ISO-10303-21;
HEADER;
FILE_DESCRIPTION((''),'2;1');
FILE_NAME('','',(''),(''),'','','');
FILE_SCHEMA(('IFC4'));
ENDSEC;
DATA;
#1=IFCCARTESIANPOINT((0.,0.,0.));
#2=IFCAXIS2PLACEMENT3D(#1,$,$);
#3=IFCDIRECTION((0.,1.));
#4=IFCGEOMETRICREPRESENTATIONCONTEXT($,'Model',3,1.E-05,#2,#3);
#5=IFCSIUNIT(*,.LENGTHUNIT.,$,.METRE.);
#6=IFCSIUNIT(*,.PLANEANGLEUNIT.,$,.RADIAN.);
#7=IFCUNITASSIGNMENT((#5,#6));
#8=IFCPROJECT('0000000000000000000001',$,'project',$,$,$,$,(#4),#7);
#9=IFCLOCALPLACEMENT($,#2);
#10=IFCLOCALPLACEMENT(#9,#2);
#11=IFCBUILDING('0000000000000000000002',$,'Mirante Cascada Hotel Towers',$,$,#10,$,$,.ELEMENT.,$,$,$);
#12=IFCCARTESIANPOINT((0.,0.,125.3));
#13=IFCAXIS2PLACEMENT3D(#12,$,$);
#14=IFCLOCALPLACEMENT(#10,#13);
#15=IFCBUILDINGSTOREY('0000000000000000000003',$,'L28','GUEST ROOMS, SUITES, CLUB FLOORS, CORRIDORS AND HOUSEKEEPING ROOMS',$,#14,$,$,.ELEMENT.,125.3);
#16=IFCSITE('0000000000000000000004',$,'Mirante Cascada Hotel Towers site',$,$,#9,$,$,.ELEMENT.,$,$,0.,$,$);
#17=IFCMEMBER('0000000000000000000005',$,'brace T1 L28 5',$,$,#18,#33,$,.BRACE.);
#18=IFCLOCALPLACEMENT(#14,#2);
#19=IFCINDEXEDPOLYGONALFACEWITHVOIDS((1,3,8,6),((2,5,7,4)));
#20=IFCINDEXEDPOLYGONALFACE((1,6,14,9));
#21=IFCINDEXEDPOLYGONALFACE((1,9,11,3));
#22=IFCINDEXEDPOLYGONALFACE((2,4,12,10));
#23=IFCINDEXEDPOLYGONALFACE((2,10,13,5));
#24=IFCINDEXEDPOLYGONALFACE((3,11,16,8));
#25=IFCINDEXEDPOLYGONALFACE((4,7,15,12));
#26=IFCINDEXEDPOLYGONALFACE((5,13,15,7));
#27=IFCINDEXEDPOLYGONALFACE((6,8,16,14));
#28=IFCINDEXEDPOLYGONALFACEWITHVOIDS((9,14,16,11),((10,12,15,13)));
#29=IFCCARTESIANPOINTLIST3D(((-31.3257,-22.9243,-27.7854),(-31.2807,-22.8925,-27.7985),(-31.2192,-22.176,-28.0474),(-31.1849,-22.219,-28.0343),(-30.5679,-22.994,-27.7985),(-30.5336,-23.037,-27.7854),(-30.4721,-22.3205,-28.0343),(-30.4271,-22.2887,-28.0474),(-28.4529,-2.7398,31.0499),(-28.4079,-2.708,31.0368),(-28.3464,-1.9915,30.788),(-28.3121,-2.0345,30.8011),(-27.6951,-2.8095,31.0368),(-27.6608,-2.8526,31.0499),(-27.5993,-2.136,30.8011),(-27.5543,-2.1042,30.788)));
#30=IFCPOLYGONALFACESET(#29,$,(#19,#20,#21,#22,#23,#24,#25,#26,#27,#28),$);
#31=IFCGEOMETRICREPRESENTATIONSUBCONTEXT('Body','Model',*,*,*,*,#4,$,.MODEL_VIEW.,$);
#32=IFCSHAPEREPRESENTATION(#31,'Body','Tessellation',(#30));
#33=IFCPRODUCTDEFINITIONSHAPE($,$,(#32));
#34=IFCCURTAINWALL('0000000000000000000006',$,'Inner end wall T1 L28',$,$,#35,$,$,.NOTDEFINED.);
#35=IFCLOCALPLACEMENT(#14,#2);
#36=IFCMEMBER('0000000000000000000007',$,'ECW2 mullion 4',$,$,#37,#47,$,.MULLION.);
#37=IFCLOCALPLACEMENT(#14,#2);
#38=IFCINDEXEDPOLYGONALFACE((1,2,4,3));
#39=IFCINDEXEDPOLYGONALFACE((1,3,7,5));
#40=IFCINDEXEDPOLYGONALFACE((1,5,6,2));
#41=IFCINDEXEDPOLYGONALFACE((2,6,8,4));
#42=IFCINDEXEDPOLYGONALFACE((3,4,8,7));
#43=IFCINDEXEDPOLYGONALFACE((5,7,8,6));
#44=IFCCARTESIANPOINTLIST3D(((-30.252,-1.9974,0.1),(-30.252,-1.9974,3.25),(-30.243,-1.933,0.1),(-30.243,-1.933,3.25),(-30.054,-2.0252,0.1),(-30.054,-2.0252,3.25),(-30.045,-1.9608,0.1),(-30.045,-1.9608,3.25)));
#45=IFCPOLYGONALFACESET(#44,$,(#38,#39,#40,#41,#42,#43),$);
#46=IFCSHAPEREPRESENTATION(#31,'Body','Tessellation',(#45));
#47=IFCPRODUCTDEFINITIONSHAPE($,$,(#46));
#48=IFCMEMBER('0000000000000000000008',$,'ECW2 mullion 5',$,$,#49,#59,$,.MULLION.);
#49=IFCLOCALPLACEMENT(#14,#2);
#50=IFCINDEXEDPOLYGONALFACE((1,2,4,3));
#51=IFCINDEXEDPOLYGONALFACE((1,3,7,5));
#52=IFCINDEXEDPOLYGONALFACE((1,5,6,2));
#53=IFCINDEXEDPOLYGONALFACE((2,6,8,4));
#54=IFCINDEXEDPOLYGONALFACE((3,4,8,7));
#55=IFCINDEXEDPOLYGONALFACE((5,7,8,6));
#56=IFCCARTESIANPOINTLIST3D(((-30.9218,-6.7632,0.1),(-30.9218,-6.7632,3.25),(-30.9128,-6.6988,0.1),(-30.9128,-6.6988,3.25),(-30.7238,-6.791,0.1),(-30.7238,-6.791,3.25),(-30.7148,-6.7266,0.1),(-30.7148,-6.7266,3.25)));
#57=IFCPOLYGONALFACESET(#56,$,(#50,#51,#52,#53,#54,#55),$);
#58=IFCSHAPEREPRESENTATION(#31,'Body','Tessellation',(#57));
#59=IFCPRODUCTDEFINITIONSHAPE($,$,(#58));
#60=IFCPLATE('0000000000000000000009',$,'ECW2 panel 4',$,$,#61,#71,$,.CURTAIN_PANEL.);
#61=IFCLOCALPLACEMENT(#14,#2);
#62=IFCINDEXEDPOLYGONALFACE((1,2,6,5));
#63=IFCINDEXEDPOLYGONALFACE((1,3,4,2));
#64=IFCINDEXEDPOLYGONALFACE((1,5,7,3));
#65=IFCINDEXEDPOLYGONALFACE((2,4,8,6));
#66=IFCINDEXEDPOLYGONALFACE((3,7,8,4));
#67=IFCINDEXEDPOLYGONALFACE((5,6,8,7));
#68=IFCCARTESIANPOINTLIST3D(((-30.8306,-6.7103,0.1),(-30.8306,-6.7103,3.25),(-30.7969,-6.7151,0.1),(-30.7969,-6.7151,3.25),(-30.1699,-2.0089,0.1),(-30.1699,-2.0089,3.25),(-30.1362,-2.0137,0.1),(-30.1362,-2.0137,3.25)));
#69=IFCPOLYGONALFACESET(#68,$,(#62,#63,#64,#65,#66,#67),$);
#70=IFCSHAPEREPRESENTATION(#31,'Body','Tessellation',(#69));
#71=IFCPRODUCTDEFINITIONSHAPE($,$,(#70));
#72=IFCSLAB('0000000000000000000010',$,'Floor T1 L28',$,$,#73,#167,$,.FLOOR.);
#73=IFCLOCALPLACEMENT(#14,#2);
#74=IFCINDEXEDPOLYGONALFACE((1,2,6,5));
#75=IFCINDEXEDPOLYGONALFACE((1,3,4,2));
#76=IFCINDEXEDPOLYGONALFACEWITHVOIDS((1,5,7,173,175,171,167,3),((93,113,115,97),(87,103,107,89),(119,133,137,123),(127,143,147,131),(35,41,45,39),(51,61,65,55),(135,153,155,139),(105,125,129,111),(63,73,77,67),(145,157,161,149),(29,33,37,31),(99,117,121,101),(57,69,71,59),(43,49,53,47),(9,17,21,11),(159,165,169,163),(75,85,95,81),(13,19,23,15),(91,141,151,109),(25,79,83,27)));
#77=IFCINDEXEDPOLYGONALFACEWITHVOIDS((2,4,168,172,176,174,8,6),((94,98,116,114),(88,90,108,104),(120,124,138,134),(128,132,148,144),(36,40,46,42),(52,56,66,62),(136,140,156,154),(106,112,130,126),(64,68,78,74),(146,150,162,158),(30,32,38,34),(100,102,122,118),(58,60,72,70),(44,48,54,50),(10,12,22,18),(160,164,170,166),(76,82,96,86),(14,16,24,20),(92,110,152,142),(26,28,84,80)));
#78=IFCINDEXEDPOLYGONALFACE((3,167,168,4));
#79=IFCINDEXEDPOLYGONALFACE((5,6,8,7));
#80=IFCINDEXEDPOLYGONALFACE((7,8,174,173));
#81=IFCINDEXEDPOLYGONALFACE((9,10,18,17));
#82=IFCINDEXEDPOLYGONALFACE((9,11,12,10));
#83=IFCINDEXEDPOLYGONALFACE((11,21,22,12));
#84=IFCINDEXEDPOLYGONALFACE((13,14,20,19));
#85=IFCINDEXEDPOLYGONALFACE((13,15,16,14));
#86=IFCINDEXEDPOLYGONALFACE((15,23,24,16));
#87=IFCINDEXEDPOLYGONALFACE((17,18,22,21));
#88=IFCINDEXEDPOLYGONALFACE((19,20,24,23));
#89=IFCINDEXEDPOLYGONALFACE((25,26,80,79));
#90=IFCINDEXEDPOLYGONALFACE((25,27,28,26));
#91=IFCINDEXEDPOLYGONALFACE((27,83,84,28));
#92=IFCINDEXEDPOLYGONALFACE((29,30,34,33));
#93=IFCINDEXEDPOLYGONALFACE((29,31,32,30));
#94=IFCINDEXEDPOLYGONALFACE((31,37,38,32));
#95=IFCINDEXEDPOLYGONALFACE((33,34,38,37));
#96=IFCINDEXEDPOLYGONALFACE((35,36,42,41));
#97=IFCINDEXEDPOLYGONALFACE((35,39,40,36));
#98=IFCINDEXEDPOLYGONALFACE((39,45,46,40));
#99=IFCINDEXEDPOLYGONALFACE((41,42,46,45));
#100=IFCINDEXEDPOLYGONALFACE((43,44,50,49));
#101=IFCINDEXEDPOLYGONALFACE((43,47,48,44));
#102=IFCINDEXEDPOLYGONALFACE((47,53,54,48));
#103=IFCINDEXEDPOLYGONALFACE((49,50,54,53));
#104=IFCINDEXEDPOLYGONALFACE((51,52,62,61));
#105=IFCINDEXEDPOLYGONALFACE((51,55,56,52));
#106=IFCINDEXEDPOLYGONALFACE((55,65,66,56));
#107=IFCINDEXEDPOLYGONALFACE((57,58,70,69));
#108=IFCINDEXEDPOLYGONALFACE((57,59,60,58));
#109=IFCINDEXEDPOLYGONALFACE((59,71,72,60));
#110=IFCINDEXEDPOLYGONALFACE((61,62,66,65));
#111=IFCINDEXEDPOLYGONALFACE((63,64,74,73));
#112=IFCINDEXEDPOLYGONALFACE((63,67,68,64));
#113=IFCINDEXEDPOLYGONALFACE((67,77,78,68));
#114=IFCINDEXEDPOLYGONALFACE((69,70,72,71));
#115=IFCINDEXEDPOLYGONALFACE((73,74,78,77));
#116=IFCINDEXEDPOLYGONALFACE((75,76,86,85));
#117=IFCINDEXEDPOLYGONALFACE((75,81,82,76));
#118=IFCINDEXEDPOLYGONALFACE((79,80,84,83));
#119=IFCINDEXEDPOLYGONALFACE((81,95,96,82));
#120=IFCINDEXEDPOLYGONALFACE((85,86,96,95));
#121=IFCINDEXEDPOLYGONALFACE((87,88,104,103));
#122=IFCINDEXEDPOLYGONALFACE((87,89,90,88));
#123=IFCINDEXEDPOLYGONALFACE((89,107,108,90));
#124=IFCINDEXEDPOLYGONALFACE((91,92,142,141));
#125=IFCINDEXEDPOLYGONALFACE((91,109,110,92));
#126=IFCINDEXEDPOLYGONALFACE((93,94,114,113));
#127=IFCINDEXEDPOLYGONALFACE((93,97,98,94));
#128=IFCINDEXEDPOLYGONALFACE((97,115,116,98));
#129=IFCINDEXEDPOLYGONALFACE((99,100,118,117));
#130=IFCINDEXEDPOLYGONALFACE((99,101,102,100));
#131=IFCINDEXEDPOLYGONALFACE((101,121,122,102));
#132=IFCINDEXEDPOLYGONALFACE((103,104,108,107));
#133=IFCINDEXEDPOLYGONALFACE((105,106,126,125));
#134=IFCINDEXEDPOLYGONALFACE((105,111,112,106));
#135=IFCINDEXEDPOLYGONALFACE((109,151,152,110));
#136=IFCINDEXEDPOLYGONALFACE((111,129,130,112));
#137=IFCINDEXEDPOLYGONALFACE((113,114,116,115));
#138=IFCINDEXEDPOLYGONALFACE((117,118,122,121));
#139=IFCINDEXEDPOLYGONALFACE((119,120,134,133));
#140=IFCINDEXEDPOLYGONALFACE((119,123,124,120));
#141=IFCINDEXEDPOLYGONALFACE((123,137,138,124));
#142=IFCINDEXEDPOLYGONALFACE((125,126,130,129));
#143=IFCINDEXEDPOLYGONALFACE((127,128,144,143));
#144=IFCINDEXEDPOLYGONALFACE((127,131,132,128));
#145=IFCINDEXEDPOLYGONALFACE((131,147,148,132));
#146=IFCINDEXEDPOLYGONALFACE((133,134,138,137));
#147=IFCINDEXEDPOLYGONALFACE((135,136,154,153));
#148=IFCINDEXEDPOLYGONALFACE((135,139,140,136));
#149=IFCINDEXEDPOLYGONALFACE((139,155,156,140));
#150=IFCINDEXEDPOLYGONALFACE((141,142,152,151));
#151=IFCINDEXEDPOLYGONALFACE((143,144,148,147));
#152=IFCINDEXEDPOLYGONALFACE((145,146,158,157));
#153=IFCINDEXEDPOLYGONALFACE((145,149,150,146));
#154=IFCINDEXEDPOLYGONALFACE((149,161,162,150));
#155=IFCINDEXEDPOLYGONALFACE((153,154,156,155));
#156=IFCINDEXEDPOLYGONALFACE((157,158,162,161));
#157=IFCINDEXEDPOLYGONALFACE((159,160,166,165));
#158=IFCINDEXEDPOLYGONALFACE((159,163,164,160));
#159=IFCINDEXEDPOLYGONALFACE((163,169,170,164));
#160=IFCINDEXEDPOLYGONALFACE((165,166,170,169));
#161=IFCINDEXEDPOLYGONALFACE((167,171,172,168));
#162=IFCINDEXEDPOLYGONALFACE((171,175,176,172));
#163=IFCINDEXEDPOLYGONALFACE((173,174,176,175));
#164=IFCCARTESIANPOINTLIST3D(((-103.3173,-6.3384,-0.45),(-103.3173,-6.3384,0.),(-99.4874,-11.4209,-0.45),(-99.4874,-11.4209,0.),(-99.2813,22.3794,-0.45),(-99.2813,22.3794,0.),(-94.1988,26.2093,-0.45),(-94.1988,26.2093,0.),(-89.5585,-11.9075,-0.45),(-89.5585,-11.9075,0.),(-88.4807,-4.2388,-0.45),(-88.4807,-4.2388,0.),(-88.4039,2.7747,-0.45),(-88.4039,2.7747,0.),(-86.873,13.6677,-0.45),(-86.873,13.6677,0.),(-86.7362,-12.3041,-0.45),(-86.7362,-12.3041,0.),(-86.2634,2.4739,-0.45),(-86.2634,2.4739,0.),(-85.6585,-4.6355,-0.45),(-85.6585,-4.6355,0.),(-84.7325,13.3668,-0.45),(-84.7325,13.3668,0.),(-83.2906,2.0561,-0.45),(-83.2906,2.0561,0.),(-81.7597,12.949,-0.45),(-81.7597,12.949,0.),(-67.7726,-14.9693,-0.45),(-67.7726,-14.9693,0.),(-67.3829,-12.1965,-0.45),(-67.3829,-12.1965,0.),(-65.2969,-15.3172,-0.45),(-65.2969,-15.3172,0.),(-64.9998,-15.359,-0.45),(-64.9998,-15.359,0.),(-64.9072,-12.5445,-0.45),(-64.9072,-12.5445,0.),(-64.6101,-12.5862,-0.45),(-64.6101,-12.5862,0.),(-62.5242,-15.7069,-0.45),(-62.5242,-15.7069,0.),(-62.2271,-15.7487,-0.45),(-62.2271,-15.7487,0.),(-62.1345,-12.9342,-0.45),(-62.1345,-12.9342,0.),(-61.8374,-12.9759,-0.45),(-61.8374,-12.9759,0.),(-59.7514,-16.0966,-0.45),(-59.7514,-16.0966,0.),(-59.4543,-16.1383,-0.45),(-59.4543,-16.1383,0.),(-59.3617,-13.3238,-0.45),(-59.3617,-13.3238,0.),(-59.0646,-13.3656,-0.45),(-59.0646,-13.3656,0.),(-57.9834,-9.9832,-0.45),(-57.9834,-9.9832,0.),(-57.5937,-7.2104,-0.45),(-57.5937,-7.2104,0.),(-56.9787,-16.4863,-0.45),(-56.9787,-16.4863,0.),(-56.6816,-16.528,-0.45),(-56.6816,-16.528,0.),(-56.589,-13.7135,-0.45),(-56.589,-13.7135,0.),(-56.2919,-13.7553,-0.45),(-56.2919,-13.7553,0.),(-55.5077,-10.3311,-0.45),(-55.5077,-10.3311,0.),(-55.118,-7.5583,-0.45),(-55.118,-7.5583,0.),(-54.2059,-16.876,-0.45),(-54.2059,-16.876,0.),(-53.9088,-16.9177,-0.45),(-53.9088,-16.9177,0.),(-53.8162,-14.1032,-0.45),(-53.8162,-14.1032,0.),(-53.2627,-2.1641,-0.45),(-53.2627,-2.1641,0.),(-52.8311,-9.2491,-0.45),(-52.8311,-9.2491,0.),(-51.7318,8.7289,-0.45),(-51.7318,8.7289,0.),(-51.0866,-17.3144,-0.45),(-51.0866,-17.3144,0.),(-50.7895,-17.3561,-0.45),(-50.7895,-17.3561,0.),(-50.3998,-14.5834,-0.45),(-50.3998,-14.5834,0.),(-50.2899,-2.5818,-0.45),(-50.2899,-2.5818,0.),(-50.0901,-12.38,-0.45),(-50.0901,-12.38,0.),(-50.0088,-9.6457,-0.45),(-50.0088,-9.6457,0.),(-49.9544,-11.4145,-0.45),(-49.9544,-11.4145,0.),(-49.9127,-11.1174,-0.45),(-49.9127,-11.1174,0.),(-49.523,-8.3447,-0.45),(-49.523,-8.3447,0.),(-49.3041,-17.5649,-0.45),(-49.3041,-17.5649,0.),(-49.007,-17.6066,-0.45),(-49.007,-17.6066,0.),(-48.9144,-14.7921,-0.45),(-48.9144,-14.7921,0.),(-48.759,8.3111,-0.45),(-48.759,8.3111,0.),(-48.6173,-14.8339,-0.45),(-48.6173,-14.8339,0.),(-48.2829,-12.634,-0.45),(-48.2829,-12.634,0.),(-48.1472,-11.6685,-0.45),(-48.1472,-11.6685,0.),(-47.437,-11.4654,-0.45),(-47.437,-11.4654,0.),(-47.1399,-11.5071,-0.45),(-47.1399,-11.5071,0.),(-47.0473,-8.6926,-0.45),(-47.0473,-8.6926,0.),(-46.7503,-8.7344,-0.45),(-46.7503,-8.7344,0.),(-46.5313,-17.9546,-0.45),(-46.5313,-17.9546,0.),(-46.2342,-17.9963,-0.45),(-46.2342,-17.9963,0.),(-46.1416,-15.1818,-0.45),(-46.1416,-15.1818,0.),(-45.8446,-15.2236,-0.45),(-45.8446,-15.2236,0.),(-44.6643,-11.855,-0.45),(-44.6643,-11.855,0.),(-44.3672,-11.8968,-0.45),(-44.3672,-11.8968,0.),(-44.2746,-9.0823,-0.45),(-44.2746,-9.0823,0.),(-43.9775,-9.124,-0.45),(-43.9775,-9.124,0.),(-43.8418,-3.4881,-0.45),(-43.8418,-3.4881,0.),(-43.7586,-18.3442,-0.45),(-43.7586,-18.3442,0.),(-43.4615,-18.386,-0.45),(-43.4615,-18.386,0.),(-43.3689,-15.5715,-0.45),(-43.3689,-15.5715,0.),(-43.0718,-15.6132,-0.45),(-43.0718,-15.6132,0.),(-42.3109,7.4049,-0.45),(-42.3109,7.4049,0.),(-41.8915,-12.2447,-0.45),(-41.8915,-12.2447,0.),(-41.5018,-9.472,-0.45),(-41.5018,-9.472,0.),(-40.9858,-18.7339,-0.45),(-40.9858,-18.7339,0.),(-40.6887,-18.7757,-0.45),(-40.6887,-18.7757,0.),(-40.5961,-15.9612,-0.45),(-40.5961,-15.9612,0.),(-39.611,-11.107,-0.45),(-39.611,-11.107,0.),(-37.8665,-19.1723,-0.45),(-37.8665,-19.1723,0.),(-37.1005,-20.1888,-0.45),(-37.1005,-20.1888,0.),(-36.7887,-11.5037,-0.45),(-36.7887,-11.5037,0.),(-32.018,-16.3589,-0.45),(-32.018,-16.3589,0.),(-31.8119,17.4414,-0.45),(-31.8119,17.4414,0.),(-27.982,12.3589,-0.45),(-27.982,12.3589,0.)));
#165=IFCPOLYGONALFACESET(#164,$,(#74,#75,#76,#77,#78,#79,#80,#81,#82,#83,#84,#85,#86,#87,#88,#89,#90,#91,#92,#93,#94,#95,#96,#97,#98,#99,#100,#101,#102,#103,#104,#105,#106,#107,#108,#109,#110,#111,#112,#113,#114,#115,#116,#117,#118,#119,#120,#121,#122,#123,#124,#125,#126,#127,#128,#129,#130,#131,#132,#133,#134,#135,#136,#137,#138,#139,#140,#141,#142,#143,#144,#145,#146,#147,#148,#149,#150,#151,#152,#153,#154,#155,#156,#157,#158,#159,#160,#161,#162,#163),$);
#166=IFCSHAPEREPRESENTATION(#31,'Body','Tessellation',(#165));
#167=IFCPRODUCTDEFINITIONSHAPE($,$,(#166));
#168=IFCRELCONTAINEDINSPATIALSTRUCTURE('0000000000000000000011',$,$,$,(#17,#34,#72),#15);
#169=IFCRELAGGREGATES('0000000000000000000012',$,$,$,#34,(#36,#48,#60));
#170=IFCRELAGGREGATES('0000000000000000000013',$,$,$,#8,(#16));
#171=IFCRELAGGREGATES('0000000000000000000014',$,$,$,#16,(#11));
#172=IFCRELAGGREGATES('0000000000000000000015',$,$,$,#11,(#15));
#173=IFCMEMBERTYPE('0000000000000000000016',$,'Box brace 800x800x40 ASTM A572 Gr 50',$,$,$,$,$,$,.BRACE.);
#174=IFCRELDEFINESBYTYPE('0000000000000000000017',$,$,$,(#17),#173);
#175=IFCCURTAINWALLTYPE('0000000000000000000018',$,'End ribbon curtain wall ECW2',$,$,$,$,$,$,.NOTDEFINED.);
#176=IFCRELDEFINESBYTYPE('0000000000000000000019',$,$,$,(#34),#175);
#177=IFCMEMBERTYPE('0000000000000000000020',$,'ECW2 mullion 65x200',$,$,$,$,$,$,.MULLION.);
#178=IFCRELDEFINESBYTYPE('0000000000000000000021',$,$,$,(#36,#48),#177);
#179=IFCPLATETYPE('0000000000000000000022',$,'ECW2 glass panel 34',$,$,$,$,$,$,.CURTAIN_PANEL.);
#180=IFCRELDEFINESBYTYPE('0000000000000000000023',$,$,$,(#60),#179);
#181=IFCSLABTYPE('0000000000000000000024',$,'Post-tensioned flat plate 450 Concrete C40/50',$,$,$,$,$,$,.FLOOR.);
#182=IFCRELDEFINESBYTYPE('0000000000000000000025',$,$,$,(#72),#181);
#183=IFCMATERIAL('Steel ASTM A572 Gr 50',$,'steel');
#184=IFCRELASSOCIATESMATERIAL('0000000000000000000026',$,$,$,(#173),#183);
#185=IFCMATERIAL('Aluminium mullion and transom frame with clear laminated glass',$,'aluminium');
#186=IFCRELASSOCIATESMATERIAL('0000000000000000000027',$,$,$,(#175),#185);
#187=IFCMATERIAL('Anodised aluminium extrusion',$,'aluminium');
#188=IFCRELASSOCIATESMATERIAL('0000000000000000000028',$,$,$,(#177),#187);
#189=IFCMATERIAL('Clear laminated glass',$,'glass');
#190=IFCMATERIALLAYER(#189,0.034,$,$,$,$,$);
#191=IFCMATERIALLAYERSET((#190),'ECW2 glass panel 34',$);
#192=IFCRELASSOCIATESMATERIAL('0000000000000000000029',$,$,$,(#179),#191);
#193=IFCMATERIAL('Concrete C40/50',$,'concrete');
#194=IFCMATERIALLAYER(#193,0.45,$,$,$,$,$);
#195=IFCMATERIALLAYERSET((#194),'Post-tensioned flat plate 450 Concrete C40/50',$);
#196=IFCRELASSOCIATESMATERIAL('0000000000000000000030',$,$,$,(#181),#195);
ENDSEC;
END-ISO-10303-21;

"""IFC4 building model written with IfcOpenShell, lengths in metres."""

from ifc_helpers import new_model, si_unit, direction, frame, origin, origin_2d, place, context, subcontext, project, spatial, polyline, rectangle, hollow_rectangle, outline, extrude, material, layer, layer_set, material_profile, profile_set, type_object, element, aggregate, save


model = new_model("IFC4")

# Units and contexts
model_context = context("Model", 3, precision=1e-05, world=origin(), true_north=direction((0.0, 1.0)))
body_context = subcontext(model_context, "Body", "Model", "MODEL_VIEW")
ifc_project = project(units=[si_unit("LENGTHUNIT", "METRE"), si_unit("PLANEANGLEUNIT", "RADIAN")], contexts=[model_context])

# Site, building, storey
site_placement = place(None, origin())
site = spatial("IfcSite", under=ifc_project, at=site_placement, Name="Mirante Cascada Hotel Towers site", CompositionType="ELEMENT", RefElevation=0.0)
building_placement = place(site_placement, origin())
building = spatial("IfcBuilding", under=site, at=building_placement, Name="Mirante Cascada Hotel Towers", CompositionType="ELEMENT")
storey_placement = place(building_placement, frame((0.0, 0.0, 125.3)))
storey = spatial("IfcBuildingStorey", under=building, at=storey_placement, Name="L28", Description="GUEST ROOMS, SUITES, CLUB FLOORS, CORRIDORS AND HOUSEKEEPING ROOMS", CompositionType="ELEMENT", Elevation=125.3)

# Member
ifc_material_1 = material(Name="Steel ASTM A572 Gr 50", Category="steel")
ifc_material_profile_1 = material_profile(ifc_material_1, hollow_rectangle(XDim=0.8, YDim=0.8, WallThickness=0.04, at=origin_2d()), Name="Box brace 800x800x40 ASTM A572 Gr 50")
ifc_profile_set_1 = profile_set([ifc_material_profile_1], Name="Steel ASTM A572 Gr 50")
member_type_1 = type_object("IfcMemberType", Name="Box brace 800x800x40 ASTM A572 Gr 50", PredefinedType="BRACE", material=ifc_profile_set_1)
member_1_placement = place(storey_placement, frame((-30.8764, -22.6065, -27.9164), z_axis=(0.046136, 0.324157, 0.944878), x_axis=(-0.990023, 0.140907, 0.0)))
element("IfcMember", 1, at=member_1_placement, inside=storey, type_object=member_type_1, Name="brace T1 L28 5", PredefinedType="BRACE", context=body_context, shape_type="SweptSolid", body=[
    extrude(hollow_rectangle(XDim=0.8, YDim=0.8, WallThickness=0.04, at=origin_2d()), origin(), (0.0, 0.0, 1.0), 62.2677),
])

# Curtain wall, members, plate
ifc_material_2 = material(Name="Aluminium mullion and transom frame with clear laminated glass", Category="aluminium")
curtain_wall_type = type_object("IfcCurtainWallType", Name="End ribbon curtain wall ECW2", PredefinedType="NOTDEFINED", material=ifc_material_2)
curtain_wall_placement = place(storey_placement, origin())
curtain_wall = element("IfcCurtainWall", 2, at=curtain_wall_placement, inside=storey, type_object=curtain_wall_type, Name="Inner end wall T1 L28", PredefinedType="NOTDEFINED")
ifc_material_3 = material(Name="Anodised aluminium extrusion", Category="aluminium")
ifc_material_profile_2 = material_profile(ifc_material_3, rectangle(XDim=0.2, YDim=0.065, at=origin_2d()), Name="ECW2 MULLION 65x200")
ifc_profile_set_2 = profile_set([ifc_material_profile_2], Name="Anodised aluminium extrusion")
member_type_2 = type_object("IfcMemberType", Name="ECW2 mullion 65x200", PredefinedType="MULLION", material=ifc_profile_set_2)
member_2_placement = place(storey_placement, frame((-30.1485, -1.9791, 0.1), z_axis=(0.0, 0.0, 1.0), x_axis=(0.990268, -0.139173, 0.0)))
member_2 = element("IfcMember", 3, at=member_2_placement, type_object=member_type_2, Name="ECW2 mullion 4", PredefinedType="MULLION", context=body_context, shape_type="SweptSolid", body=[
    extrude(rectangle(XDim=0.2, YDim=0.065, at=origin_2d()), origin(), (0.0, 0.0, 1.0), 3.15),
])
member_3_placement = place(storey_placement, frame((-30.8183, -6.7449, 0.1), z_axis=(0.0, 0.0, 1.0), x_axis=(0.990268, -0.139173, 0.0)))
member_3 = element("IfcMember", 4, at=member_3_placement, type_object=member_type_2, Name="ECW2 mullion 5", PredefinedType="MULLION", context=body_context, shape_type="SweptSolid", body=[
    extrude(rectangle(XDim=0.2, YDim=0.065, at=origin_2d()), origin(), (0.0, 0.0, 1.0), 3.15),
])
ifc_material_4 = material(Name="Clear laminated glass", Category="glass")
ifc_layer_1 = layer(ifc_material_4, 0.034)
ifc_layer_set_1 = layer_set([ifc_layer_1], Name="ECW2 glass panel 34")
plate_type = type_object("IfcPlateType", Name="ECW2 glass panel 34", PredefinedType="CURTAIN_PANEL", material=ifc_layer_set_1)
plate_placement = place(storey_placement, frame((-30.4834, -4.362, 0.1), z_axis=(0.0, 0.0, 1.0), x_axis=(-0.139173, -0.990268, 0.0)))
plate = element("IfcPlate", 5, at=plate_placement, type_object=plate_type, Name="ECW2 panel 4", PredefinedType="CURTAIN_PANEL", context=body_context, shape_type="SweptSolid", body=[
    extrude(rectangle(XDim=4.7476, YDim=0.034, at=origin_2d()), origin(), (0.0, 0.0, 1.0), 3.15),
])
aggregate(curtain_wall, [member_2, member_3, plate])

# Slab
ifc_material_5 = material(Name="Concrete C40/50", Category="concrete")
ifc_layer_2 = layer(ifc_material_5, 0.45)
ifc_layer_set_2 = layer_set([ifc_layer_2], Name="Post-tensioned flat plate 450 Concrete C40/50")
slab_type = type_object("IfcSlabType", Name="Post-tensioned flat plate 450 Concrete C40/50", PredefinedType="FLOOR", material=ifc_layer_set_2)
slab_1_placement = place(storey_placement, frame((0.0, 0.0, -0.45)))
element("IfcSlab", 6, at=slab_1_placement, inside=storey, type_object=slab_type, Name="Floor T1 L28", PredefinedType="FLOOR", context=body_context, shape_type="SweptSolid", body=[
    extrude(outline(polyline([(-32.018, -16.3589), (-27.982, 12.3589), (-31.8119, 17.4414), (-94.1988, 26.2093), (-99.2813, 22.3794), (-103.3173, -6.3384), (-99.4874, -11.4209), (-37.1005, -20.1888), (-32.018, -16.3589)]), holes=[polyline([(-43.0718, -15.6132), (-40.5961, -15.9612), (-40.9858, -18.7339), (-43.4615, -18.386), (-43.0718, -15.6132)]), polyline([(-45.8446, -15.2236), (-43.3689, -15.5715), (-43.7586, -18.3442), (-46.2342, -17.9963), (-45.8446, -15.2236)]), polyline([(-48.6173, -14.8339), (-46.1416, -15.1818), (-46.5313, -17.9546), (-49.007, -17.6066), (-48.6173, -14.8339)]), polyline([(-50.3998, -14.5834), (-48.9144, -14.7921), (-49.3041, -17.5649), (-50.7895, -17.3561), (-50.3998, -14.5834)]), polyline([(-36.7887, -11.5037), (-37.8665, -19.1723), (-40.6887, -18.7757), (-39.611, -11.107), (-36.7887, -11.5037)]), polyline([(-49.9544, -11.4145), (-48.1472, -11.6685), (-48.2829, -12.634), (-50.0901, -12.38), (-49.9544, -11.4145)]), polyline([(-43.9775, -9.124), (-41.5018, -9.472), (-41.8915, -12.2447), (-44.3672, -11.8968), (-43.9775, -9.124)]), polyline([(-47.1399, -11.5071), (-46.7503, -8.7344), (-44.2746, -9.0823), (-44.6643, -11.855), (-47.1399, -11.5071)]), polyline([(-49.9127, -11.1174), (-49.523, -8.3447), (-47.0473, -8.6926), (-47.437, -11.4654), (-49.9127, -11.1174)]), polyline([(-56.2919, -13.7553), (-53.8162, -14.1032), (-54.2059, -16.876), (-56.6816, -16.528), (-56.2919, -13.7553)]), polyline([(-59.0646, -13.3656), (-56.589, -13.7135), (-56.9787, -16.4863), (-59.4543, -16.1383), (-59.0646, -13.3656)]), polyline([(-61.8374, -12.9759), (-59.3617, -13.3238), (-59.7514, -16.0966), (-62.2271, -15.7487), (-61.8374, -12.9759)]), polyline([(-64.6101, -12.5862), (-62.1345, -12.9342), (-62.5242, -15.7069), (-64.9998, -15.359), (-64.6101, -12.5862)]), polyline([(-67.3829, -12.1965), (-64.9072, -12.5445), (-65.2969, -15.3172), (-67.7726, -14.9693), (-67.3829, -12.1965)]), polyline([(-50.0088, -9.6457), (-51.0866, -17.3144), (-53.9088, -16.9177), (-52.8311, -9.2491), (-50.0088, -9.6457)]), polyline([(-85.6585, -4.6355), (-86.7362, -12.3041), (-89.5585, -11.9075), (-88.4807, -4.2388), (-85.6585, -4.6355)]), polyline([(-57.9834, -9.9832), (-57.5937, -7.2104), (-55.118, -7.5583), (-55.5077, -10.3311), (-57.9834, -9.9832)]), polyline([(-86.873, 13.6677), (-84.7325, 13.3668), (-84.7325, 13.3668), (-86.2634, 2.4739), (-86.2634, 2.4739), (-88.4039, 2.7747), (-86.873, 13.6677)]), polyline([(-51.7318, 8.7289), (-53.2627, -2.1641), (-53.2627, -2.1641), (-83.2906, 2.0561), (-83.2906, 2.0561), (-81.7597, 12.949), (-81.7597, 12.949), (-51.7318, 8.7289)]), polyline([(-42.3109, 7.4049), (-43.8418, -3.4881), (-50.2899, -2.5818), (-50.2899, -2.5818), (-48.759, 8.3111), (-42.3109, 7.4049)])]), origin(), (0.0, 0.0, 1.0), 0.45),
])

save(model, "model.ifc")
